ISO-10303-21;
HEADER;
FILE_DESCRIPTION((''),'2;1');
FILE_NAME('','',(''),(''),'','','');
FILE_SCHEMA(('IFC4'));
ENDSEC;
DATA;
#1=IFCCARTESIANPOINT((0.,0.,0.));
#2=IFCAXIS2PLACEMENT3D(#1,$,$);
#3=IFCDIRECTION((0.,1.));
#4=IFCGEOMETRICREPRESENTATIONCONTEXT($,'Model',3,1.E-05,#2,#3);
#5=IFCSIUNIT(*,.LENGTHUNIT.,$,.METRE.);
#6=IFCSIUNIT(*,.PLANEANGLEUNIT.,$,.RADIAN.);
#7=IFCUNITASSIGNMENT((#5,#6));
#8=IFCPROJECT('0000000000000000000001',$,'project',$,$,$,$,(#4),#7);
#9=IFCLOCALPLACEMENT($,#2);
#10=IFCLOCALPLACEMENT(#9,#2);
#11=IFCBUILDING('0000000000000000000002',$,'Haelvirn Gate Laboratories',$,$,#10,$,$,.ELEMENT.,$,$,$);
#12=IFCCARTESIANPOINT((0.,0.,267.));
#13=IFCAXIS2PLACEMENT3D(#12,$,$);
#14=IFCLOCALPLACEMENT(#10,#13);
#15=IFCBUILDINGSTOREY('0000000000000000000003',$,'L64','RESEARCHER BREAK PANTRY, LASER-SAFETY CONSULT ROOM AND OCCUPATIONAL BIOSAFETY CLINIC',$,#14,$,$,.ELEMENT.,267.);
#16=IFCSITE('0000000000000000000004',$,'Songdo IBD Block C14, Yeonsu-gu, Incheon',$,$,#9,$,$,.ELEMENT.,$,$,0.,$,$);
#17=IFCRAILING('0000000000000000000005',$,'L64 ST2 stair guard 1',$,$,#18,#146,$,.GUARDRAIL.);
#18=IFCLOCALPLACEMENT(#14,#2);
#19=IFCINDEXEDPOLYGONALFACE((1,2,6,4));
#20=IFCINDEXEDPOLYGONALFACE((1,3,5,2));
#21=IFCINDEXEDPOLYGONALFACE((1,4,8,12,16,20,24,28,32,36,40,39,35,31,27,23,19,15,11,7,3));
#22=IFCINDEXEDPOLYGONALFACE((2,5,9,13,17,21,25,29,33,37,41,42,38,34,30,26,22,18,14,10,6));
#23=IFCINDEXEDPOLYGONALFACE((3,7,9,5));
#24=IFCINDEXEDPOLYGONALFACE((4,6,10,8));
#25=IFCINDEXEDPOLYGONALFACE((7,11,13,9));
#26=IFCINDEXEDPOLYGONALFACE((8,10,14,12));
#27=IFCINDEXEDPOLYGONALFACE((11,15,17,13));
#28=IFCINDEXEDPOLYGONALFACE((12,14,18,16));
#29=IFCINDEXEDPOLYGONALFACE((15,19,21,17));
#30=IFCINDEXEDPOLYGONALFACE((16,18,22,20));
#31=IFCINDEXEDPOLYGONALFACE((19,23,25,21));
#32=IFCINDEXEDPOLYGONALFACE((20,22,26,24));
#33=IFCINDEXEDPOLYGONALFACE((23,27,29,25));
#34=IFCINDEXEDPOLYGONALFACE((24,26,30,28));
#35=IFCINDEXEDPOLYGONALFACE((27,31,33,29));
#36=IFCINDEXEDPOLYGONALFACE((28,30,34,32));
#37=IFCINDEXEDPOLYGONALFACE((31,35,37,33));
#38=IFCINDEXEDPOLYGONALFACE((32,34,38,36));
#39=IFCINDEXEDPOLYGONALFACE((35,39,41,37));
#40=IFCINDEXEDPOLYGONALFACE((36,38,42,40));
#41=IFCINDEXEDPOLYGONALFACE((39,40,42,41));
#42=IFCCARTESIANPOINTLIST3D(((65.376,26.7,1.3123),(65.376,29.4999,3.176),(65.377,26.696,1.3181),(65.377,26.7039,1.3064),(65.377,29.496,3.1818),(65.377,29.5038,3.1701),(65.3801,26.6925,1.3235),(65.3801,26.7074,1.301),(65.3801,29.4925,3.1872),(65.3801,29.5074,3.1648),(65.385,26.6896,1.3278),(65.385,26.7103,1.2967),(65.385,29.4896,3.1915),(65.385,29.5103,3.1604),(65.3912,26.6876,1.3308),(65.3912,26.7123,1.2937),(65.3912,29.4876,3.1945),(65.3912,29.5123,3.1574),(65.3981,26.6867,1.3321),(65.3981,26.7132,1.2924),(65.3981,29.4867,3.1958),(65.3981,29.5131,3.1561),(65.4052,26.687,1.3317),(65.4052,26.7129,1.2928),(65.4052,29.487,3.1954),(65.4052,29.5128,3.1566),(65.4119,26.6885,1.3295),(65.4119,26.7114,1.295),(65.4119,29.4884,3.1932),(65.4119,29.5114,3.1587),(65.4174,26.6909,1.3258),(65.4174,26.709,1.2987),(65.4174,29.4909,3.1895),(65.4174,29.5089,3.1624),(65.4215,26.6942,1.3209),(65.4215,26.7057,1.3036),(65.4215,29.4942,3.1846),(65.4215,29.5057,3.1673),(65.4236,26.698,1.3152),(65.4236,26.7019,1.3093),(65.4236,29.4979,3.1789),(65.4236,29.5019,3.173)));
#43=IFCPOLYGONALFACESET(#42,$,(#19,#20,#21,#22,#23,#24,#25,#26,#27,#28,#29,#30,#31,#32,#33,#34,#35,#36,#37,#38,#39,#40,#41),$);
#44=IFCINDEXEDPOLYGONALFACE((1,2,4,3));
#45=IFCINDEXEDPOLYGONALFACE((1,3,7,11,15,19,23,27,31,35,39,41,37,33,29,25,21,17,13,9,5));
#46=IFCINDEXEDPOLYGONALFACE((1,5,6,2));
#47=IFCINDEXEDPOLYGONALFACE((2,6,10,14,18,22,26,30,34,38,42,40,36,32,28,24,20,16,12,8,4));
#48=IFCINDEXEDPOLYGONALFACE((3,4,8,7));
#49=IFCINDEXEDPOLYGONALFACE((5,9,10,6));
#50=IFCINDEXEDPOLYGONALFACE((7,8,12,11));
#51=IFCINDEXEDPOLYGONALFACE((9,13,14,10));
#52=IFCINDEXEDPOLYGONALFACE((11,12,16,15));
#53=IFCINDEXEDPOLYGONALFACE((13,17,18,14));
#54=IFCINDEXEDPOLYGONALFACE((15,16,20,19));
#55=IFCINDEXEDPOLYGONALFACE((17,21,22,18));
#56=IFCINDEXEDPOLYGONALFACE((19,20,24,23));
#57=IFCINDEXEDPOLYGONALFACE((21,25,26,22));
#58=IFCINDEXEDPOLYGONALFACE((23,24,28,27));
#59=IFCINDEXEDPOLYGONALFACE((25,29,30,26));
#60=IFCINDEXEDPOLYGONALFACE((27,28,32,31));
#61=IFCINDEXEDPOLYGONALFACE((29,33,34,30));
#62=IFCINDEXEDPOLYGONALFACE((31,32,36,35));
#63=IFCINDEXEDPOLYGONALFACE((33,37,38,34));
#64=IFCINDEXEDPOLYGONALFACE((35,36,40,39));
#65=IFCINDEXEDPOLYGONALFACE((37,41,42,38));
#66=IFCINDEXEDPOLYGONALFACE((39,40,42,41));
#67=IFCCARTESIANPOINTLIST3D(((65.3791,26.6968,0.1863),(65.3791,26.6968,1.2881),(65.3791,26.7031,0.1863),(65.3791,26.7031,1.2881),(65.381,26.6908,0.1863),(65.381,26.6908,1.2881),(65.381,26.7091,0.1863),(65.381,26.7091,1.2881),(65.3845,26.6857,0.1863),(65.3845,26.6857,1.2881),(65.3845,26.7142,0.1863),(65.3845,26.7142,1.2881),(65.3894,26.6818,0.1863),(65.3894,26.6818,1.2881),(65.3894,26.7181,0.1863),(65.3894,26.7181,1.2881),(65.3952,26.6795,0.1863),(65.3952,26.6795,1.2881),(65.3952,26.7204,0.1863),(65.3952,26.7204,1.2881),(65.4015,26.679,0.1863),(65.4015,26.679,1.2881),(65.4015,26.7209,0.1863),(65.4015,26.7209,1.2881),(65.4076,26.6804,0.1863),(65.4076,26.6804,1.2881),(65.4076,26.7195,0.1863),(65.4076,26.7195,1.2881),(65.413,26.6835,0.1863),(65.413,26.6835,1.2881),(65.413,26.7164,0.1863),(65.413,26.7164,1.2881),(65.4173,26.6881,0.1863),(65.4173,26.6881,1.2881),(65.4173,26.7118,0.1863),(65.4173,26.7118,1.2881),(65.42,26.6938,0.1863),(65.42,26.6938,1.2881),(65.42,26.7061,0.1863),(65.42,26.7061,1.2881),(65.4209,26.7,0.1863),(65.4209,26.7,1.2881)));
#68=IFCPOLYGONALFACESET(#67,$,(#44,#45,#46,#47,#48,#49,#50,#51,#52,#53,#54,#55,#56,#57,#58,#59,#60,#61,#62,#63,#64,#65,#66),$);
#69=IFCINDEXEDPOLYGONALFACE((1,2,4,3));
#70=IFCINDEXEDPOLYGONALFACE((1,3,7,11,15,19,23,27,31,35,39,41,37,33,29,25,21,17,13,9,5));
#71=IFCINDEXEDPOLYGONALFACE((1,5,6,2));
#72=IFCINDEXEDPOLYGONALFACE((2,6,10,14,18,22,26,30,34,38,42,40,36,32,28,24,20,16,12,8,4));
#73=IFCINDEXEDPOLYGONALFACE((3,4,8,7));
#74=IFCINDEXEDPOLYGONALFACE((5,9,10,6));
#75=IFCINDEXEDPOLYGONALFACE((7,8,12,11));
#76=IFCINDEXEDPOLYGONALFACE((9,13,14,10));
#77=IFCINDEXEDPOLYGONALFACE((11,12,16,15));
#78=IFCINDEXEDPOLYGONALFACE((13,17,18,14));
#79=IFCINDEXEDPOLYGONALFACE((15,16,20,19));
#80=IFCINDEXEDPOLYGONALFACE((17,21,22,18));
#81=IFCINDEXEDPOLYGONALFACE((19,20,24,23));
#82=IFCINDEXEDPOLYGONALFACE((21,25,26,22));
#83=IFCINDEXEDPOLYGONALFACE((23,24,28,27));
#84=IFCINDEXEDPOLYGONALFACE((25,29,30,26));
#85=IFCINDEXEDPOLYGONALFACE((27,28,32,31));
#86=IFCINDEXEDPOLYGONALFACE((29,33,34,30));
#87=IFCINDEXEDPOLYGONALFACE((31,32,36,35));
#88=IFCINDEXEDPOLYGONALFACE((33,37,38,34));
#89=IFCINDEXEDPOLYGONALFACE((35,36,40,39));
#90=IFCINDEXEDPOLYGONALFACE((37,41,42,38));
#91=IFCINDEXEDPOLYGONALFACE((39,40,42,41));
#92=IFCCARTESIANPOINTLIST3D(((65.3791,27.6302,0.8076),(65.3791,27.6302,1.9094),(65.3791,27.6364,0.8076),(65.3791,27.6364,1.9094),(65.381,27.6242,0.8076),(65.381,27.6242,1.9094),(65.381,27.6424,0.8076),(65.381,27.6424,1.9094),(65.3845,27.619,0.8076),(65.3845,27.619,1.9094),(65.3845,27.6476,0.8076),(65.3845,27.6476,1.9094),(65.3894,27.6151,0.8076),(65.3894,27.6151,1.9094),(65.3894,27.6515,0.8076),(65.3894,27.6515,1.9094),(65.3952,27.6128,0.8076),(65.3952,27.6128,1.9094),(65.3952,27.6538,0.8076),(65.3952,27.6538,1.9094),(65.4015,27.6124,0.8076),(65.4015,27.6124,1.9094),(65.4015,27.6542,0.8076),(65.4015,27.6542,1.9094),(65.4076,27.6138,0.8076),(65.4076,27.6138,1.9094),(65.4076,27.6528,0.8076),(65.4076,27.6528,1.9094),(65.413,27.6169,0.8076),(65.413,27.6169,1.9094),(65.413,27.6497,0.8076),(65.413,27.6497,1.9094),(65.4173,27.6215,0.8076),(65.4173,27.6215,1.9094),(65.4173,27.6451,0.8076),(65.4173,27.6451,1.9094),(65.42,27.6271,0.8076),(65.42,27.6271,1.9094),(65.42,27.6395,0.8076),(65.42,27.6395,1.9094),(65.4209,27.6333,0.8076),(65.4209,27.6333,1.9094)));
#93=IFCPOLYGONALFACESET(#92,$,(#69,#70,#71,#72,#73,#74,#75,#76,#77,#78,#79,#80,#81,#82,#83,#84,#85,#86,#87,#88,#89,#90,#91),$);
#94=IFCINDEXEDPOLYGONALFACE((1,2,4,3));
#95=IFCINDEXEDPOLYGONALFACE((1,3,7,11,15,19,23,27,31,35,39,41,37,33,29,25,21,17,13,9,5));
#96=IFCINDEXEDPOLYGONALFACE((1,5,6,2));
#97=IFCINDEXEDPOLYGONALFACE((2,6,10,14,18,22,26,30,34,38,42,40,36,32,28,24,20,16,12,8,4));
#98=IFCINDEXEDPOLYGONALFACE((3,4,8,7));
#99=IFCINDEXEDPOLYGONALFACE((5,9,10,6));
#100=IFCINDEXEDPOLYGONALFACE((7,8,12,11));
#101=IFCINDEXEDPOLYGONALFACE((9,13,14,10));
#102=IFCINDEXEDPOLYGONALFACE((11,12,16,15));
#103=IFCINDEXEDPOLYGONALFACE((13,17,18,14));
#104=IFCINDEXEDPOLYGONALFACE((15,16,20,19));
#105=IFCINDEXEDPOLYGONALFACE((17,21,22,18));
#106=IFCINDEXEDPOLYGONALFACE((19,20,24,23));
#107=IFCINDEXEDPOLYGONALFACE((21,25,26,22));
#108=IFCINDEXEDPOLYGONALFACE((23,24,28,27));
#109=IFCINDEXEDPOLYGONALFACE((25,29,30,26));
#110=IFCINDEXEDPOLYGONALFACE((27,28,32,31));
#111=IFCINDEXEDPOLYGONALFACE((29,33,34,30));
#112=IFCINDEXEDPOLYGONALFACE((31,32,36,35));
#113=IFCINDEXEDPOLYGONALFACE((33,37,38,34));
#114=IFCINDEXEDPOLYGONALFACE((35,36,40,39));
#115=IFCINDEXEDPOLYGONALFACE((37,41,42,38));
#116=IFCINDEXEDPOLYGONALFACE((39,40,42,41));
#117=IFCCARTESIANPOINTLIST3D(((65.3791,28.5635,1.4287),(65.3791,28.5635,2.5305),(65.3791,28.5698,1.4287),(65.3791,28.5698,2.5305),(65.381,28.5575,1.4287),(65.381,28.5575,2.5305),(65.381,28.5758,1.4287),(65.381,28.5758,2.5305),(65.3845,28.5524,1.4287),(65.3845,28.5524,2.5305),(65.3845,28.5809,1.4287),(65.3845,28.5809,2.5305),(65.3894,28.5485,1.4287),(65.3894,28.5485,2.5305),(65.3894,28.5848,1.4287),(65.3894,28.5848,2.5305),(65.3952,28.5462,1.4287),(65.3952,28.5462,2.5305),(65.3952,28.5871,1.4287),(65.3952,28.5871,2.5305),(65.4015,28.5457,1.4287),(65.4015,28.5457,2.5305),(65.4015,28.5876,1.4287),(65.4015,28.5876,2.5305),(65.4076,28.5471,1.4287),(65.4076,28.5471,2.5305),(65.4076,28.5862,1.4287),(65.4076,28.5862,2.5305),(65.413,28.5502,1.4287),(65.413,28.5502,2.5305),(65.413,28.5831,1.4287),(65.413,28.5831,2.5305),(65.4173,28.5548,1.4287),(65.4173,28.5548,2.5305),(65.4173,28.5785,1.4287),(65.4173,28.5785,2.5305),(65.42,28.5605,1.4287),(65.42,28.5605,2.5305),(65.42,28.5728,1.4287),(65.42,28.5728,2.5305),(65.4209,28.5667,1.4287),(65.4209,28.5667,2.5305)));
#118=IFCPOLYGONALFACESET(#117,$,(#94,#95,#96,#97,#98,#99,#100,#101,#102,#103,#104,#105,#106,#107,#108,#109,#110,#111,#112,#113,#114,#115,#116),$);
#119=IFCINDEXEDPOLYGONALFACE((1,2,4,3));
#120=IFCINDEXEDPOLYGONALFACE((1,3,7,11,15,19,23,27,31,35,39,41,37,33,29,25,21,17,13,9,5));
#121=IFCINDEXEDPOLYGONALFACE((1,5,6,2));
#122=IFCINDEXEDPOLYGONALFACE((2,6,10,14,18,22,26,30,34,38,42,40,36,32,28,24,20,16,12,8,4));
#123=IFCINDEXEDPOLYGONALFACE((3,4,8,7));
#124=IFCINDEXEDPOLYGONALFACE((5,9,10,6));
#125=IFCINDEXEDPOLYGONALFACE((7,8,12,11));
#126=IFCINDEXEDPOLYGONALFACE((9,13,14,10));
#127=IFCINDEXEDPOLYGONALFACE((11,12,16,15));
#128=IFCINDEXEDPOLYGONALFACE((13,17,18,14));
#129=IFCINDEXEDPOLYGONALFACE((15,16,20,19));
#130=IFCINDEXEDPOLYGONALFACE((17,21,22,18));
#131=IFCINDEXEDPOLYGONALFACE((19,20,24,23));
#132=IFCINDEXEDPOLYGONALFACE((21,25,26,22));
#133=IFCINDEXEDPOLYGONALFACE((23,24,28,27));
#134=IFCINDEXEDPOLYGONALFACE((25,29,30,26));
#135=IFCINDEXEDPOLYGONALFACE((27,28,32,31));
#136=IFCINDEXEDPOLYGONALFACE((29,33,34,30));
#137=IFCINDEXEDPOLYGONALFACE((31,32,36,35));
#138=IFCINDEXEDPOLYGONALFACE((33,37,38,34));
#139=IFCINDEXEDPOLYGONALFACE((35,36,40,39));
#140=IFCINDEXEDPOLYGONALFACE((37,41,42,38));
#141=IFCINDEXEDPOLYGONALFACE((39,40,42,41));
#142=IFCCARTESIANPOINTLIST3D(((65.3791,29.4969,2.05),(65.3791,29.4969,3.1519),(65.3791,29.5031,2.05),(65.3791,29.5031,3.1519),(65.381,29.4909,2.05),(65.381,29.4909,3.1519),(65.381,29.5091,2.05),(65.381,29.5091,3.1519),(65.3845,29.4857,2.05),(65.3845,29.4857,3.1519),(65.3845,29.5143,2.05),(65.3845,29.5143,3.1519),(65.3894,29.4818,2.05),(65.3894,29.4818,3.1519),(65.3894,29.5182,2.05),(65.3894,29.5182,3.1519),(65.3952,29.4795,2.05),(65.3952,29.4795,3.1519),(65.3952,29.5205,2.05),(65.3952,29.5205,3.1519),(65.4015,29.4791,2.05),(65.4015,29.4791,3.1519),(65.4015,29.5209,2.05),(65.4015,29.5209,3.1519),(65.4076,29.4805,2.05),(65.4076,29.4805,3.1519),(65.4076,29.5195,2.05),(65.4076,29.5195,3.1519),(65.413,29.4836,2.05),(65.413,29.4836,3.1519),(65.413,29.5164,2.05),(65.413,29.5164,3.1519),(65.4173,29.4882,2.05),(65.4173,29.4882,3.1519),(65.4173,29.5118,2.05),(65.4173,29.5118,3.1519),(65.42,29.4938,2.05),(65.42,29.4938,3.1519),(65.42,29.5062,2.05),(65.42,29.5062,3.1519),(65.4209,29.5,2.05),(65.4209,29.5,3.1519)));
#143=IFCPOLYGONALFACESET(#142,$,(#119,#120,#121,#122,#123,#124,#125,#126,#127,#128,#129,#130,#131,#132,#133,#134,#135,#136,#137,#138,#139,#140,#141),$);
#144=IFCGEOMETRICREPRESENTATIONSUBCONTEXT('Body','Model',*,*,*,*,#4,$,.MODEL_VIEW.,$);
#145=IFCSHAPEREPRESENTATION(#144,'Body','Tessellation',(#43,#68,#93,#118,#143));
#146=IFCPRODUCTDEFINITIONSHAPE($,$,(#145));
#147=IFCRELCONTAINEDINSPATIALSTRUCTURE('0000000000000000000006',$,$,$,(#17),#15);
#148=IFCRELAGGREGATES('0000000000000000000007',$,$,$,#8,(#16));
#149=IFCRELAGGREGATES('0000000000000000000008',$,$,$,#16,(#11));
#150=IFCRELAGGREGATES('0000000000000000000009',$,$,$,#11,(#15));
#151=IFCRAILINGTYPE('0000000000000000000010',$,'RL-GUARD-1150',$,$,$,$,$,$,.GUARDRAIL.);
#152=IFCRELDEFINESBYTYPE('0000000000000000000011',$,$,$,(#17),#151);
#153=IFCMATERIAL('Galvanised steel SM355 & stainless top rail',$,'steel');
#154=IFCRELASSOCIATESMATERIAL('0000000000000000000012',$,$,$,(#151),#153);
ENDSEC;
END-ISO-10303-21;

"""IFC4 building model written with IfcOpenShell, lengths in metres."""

from ifc_helpers import new_model, si_unit, direction, frame, origin, origin_2d, place, context, subcontext, project, spatial, circle, extrude, source, transform, mapped, material, type_object, element, save


model = new_model("IFC4")

# Units and contexts
model_context = context("Model", 3, precision=1e-05, world=origin(), true_north=direction((0.0, 1.0)))
body_context = subcontext(model_context, "Body", "Model", "MODEL_VIEW")
ifc_project = project(units=[si_unit("LENGTHUNIT", "METRE"), si_unit("PLANEANGLEUNIT", "RADIAN")], contexts=[model_context])

# Site, building, storey
site_placement = place(None, origin())
site = spatial("IfcSite", under=ifc_project, at=site_placement, Name="Songdo IBD Block C14, Yeonsu-gu, Incheon", CompositionType="ELEMENT", RefElevation=0.0)
building_placement = place(site_placement, origin())
building = spatial("IfcBuilding", under=site, at=building_placement, Name="Haelvirn Gate Laboratories", CompositionType="ELEMENT")
storey_placement = place(building_placement, frame((0.0, 0.0, 267.0)))
storey = spatial("IfcBuildingStorey", under=building, at=storey_placement, Name="L64", Description="RESEARCHER BREAK PANTRY, LASER-SAFETY CONSULT ROOM AND OCCUPATIONAL BIOSAFETY CLINIC", CompositionType="ELEMENT", Elevation=267.0)

# Railing
ifc_material_1 = material(Name="Galvanised steel SM355 & stainless top rail", Category="steel")
railing_type_1 = type_object("IfcRailingType", Name="RL-GUARD-1150", PredefinedType="GUARDRAIL", material=ifc_material_1)
shared_shape_1 = source(origin(), body_context, "Body", "SweptSolid", [
    extrude(circle(Radius=0.0239, at=origin_2d()), frame((0.0, 0.0, 1.126), z_axis=(0.0, 0.832452, 0.554097), x_axis=(-1.0, 0.0, 0.0)), (0.0, 0.0, 1.0), 3.3635),
    extrude(circle(Radius=0.021, at=origin_2d()), origin(), (0.0, 0.0, 1.0), 1.1018),
    extrude(circle(Radius=0.021, at=origin_2d()), frame((0.0, 0.9333, 0.6213)), (0.0, 0.0, 1.0), 1.1018),
    extrude(circle(Radius=0.021, at=origin_2d()), frame((0.0, 1.8667, 1.2424)), (0.0, 0.0, 1.0), 1.1018),
    extrude(circle(Radius=0.021, at=origin_2d()), frame((0.0, 2.8, 1.8638)), (0.0, 0.0, 1.0), 1.1018),
])
railing_1_placement = place(storey_placement, frame((65.3999, 26.7, 0.1863)))
element("IfcRailing", 1, at=railing_1_placement, inside=storey, type_object=railing_type_1, Name="L64 ST2 stair guard 1", PredefinedType="GUARDRAIL", context=body_context, shape_type="MappedRepresentation", body=[
    mapped(shared_shape_1, transform((0.0, 0.0, 0.0), scale=1.0)),
])

save(model, "model.ifc")
